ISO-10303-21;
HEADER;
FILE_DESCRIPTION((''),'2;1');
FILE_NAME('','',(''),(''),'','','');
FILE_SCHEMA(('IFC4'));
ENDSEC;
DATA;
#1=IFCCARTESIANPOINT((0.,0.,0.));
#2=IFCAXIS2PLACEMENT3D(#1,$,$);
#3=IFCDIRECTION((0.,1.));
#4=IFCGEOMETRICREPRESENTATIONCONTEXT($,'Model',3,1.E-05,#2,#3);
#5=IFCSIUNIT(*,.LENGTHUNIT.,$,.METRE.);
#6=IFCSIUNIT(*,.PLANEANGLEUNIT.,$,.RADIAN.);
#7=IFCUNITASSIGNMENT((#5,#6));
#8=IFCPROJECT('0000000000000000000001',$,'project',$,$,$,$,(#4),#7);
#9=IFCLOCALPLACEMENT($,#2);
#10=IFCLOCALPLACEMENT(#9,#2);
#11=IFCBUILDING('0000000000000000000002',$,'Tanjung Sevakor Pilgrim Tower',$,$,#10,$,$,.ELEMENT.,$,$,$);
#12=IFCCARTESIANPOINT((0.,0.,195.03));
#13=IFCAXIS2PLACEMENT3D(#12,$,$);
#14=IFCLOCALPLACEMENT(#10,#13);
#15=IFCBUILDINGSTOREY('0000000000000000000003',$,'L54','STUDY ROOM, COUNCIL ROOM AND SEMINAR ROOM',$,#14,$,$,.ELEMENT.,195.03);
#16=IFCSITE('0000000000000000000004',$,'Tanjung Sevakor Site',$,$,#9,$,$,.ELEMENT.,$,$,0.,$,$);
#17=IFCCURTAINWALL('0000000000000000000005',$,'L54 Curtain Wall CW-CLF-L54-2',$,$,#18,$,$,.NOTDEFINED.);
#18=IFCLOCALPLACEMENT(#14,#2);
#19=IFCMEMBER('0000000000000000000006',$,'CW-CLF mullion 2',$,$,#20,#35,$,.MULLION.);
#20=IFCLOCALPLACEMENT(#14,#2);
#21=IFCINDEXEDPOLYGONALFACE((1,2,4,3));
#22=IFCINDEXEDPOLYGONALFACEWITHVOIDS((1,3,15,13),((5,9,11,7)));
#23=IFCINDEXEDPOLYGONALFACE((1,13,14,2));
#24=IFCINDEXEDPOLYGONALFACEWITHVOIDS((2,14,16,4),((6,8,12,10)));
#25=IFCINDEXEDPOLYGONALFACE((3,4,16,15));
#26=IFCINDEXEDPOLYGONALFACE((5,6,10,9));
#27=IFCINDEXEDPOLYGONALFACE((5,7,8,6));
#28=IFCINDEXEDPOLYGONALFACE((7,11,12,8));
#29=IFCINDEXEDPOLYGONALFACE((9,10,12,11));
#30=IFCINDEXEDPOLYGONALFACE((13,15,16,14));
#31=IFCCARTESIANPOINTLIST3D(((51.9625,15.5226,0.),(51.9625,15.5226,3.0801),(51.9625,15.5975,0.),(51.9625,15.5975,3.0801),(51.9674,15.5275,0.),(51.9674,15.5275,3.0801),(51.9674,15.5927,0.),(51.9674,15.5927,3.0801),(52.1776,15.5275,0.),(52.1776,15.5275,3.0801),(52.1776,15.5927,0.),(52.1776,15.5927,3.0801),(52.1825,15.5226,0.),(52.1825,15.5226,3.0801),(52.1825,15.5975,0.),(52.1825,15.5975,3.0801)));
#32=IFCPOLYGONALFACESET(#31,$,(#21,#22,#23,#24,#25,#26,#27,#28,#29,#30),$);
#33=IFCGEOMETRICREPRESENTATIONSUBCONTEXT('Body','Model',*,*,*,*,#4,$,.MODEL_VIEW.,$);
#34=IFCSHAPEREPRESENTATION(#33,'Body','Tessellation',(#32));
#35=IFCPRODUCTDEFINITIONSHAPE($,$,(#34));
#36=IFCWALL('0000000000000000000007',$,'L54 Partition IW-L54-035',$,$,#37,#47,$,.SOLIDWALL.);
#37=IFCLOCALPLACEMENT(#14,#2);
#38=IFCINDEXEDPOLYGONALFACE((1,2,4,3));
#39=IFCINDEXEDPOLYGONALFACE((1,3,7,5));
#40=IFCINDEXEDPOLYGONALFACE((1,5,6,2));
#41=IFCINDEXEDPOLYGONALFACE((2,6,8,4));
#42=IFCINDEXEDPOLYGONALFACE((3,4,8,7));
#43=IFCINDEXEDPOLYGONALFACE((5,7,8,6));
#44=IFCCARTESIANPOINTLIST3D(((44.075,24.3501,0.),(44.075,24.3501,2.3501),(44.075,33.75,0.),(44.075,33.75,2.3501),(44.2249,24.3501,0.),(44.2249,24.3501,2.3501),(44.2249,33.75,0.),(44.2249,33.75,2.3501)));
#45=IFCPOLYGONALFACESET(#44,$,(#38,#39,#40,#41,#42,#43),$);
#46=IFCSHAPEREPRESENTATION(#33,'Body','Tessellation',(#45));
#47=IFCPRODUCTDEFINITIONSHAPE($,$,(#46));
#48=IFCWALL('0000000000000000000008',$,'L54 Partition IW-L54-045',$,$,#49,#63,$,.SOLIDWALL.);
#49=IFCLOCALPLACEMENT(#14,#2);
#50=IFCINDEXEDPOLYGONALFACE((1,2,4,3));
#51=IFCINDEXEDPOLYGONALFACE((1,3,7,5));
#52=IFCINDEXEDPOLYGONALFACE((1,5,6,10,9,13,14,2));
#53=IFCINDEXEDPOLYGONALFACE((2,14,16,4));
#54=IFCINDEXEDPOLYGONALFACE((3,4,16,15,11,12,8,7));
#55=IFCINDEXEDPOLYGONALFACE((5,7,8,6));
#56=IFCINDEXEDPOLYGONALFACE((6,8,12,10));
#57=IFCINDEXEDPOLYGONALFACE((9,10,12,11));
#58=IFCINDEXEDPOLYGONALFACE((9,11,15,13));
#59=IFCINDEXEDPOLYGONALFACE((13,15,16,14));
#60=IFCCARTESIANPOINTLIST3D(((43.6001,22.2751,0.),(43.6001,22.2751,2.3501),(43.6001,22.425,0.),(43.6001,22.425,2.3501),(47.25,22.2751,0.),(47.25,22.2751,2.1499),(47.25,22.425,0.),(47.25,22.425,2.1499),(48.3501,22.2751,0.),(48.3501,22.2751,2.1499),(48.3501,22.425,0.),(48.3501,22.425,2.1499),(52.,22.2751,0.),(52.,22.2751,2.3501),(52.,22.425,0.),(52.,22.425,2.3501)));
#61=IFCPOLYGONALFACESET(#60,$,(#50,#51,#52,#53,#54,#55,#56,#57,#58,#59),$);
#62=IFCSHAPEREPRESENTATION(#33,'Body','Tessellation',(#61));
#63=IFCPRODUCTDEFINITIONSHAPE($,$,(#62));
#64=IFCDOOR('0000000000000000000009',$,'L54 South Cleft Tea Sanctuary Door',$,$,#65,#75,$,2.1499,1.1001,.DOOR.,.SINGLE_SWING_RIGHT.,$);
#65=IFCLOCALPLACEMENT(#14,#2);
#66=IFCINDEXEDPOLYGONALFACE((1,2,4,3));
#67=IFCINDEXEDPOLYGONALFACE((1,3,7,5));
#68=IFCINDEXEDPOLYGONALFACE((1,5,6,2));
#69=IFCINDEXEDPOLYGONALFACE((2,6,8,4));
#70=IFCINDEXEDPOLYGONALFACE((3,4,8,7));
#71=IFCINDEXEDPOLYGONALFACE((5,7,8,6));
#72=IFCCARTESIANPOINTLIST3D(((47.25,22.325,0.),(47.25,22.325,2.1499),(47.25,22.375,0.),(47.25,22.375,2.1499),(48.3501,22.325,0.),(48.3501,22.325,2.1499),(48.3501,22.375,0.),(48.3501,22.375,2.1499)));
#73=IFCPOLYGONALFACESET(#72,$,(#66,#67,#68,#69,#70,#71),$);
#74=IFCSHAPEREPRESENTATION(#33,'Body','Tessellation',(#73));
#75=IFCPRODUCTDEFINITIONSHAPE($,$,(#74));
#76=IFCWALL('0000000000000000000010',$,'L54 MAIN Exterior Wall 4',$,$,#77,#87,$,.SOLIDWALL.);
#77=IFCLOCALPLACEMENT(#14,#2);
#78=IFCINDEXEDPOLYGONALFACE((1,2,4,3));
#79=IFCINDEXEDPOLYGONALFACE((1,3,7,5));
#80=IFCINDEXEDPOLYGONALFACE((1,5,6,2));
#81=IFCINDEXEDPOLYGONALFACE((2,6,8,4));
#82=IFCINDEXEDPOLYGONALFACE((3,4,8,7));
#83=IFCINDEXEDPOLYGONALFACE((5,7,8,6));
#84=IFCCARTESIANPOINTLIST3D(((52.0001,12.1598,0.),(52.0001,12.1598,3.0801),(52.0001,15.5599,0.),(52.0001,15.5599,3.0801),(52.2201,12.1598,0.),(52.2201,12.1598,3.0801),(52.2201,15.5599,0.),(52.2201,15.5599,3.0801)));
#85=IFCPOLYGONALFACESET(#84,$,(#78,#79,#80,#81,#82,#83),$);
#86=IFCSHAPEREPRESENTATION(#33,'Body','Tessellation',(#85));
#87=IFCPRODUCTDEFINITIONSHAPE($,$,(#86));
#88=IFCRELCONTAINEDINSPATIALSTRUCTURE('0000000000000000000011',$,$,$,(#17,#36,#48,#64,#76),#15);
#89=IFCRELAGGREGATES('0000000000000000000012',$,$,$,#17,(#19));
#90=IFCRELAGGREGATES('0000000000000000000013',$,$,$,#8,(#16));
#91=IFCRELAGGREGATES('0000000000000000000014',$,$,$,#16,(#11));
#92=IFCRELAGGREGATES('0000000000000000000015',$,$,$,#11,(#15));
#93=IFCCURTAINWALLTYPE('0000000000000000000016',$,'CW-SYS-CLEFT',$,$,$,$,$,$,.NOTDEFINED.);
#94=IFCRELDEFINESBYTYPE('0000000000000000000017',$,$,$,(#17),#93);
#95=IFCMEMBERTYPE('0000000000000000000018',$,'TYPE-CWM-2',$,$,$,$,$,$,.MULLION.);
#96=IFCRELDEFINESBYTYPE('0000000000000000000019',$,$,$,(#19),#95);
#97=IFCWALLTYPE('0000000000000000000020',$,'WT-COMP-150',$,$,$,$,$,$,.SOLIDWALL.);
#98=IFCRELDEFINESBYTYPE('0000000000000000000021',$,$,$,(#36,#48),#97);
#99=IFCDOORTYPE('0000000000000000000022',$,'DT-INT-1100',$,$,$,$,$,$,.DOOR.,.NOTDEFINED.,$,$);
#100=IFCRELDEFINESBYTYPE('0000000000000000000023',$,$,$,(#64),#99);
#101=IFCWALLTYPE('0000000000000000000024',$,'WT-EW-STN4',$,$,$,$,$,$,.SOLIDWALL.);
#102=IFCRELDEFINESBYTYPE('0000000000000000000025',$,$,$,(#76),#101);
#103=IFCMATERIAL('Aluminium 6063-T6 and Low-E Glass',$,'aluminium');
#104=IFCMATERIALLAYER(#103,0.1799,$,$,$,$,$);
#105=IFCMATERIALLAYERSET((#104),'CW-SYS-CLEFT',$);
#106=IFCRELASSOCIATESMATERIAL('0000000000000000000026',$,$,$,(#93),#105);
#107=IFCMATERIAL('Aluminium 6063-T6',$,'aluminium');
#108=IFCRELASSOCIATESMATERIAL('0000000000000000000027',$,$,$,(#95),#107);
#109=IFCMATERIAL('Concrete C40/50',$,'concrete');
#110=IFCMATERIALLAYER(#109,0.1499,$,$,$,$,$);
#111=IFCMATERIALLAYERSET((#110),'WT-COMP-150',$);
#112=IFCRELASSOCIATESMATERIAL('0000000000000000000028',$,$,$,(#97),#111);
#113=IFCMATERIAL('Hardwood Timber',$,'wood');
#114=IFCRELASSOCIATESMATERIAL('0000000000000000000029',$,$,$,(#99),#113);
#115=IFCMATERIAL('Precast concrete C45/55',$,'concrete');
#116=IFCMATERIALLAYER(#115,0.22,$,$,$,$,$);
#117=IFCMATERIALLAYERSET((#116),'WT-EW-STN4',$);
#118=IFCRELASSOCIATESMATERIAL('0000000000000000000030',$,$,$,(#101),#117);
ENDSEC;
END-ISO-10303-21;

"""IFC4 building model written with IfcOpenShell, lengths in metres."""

from ifc_helpers import new_model, si_unit, direction, frame, frame_2d, origin, origin_2d, place, context, subcontext, project, spatial, rectangle, hollow_rectangle, extrude, material, layer, layer_set, material_profile, profile_set, type_object, element, fill, aggregate, save


model = new_model("IFC4")

# Units and contexts
model_context = context("Model", 3, precision=1e-05, world=origin(), true_north=direction((0.0, 1.0)))
body_context = subcontext(model_context, "Body", "Model", "MODEL_VIEW")
ifc_project = project(units=[si_unit("LENGTHUNIT", "METRE"), si_unit("PLANEANGLEUNIT", "RADIAN")], contexts=[model_context])

# Site, building, storey
site_placement = place(None, origin())
site = spatial("IfcSite", under=ifc_project, at=site_placement, Name="Tanjung Sevakor Site", CompositionType="ELEMENT", RefElevation=0.0)
building_placement = place(site_placement, origin())
building = spatial("IfcBuilding", under=site, at=building_placement, Name="Tanjung Sevakor Pilgrim Tower", CompositionType="ELEMENT")
storey_placement = place(building_placement, frame((0.0, 0.0, 195.03)))
storey = spatial("IfcBuildingStorey", under=building, at=storey_placement, Name="L54", Description="STUDY ROOM, COUNCIL ROOM AND SEMINAR ROOM", CompositionType="ELEMENT", Elevation=195.03)

# Curtain wall, member
ifc_material_1 = material(Name="Aluminium 6063-T6 and Low-E Glass", Category="aluminium")
ifc_layer_1 = layer(ifc_material_1, 0.1799)
ifc_layer_set_1 = layer_set([ifc_layer_1], Name="CW-SYS-CLEFT")
curtain_wall_type = type_object("IfcCurtainWallType", Name="CW-SYS-CLEFT", PredefinedType="NOTDEFINED", material=ifc_layer_set_1)
curtain_wall_placement = place(storey_placement, origin())
curtain_wall = element("IfcCurtainWall", 1, at=curtain_wall_placement, inside=storey, type_object=curtain_wall_type, Name="L54 Curtain Wall CW-CLF-L54-2", PredefinedType="NOTDEFINED")
ifc_material_2 = material(Name="Aluminium 6063-T6", Category="aluminium")
ifc_material_profile_1 = material_profile(ifc_material_2, hollow_rectangle(XDim=0.075, YDim=0.22, WallThickness=0.0049, at=origin_2d()))
ifc_profile_set_1 = profile_set([ifc_material_profile_1], Name="Aluminium 6063-T6")
member_type = type_object("IfcMemberType", Name="TYPE-CWM-2", PredefinedType="MULLION", material=ifc_profile_set_1)
member_placement = place(storey_placement, frame((52.0725, 15.5601, 0.0), z_axis=(0.0, 0.0, 1.0), x_axis=(0.0, 1.0, 0.0)))
member = element("IfcMember", 2, at=member_placement, type_object=member_type, Name="CW-CLF mullion 2", PredefinedType="MULLION", context=body_context, shape_type="SweptSolid", body=[
    extrude(hollow_rectangle(XDim=0.075, YDim=0.22, WallThickness=0.0049, at=origin_2d()), origin(), (0.0, 0.0, 1.0), 3.0801),
])
aggregate(curtain_wall, [member])

# Wall
ifc_material_3 = material(Name="Concrete C40/50", Category="concrete")
ifc_layer_2 = layer(ifc_material_3, 0.1499)
ifc_layer_set_2 = layer_set([ifc_layer_2], Name="WT-COMP-150")
wall_type_1 = type_object("IfcWallType", Name="WT-COMP-150", PredefinedType="SOLIDWALL", material=ifc_layer_set_2)
wall_1_placement = place(storey_placement, frame((44.1499, 24.3501, 0.0), z_axis=(0.0, 0.0, 1.0), x_axis=(0.0, 1.0, 0.0)))
element("IfcWall", 3, at=wall_1_placement, inside=storey, type_object=wall_type_1, Name="L54 Partition IW-L54-035", PredefinedType="SOLIDWALL", context=body_context, shape_type="SweptSolid", body=[
    extrude(rectangle(XDim=9.3999, YDim=0.1499, at=frame_2d((4.7, 0.0))), origin(), (0.0, 0.0, 1.0), 2.3501),
])

# Wall, opening, door
wall_2_placement = place(storey_placement, frame((43.6001, 22.3501, 0.0), z_axis=(0.0, 0.0, 1.0), x_axis=(1.0, 0.0, 0.0)))
wall_2 = element("IfcWall", 4, at=wall_2_placement, inside=storey, type_object=wall_type_1, Name="L54 Partition IW-L54-045", PredefinedType="SOLIDWALL", context=body_context, shape_type="SweptSolid", body=[
    extrude(rectangle(XDim=8.3999, YDim=0.1499, at=frame_2d((4.2, 0.0))), origin(), (0.0, 0.0, 1.0), 2.3501),
])
opening_1_placement = place(wall_2_placement, frame((3.6499, 0.0, 0.0)))
opening_1 = element("IfcOpeningElement", 5, at=opening_1_placement, cuts=wall_2, PredefinedType="OPENING", context=body_context, shape_type="SweptSolid", body=[
    extrude(rectangle(XDim=1.1001, YDim=2.1499, at=frame_2d((0.55, 1.075))), frame((0.0, 0.085, 0.0), z_axis=(0.0, -1.0, 0.0), x_axis=(1.0, 0.0, 0.0)), (0.0, 0.0, 1.0), 0.1699),
])
ifc_material_4 = material(Name="Hardwood Timber", Category="wood")
door_type_1 = type_object("IfcDoorType", Name="DT-INT-1100", OperationType="NOTDEFINED", PredefinedType="DOOR", material=ifc_material_4)
door_1_placement = place(opening_1_placement, origin())
door_1 = element("IfcDoor", 6, at=door_1_placement, inside=storey, type_object=door_type_1, Name="L54 South Cleft Tea Sanctuary Door", OperationType="SINGLE_SWING_RIGHT", OverallHeight=2.1499, OverallWidth=1.1001, PredefinedType="DOOR", context=body_context, shape_type="SweptSolid", body=[
    extrude(rectangle(XDim=1.1001, YDim=2.1499, at=frame_2d((0.55, 1.075))), frame((0.0, 0.0249, 0.0), z_axis=(0.0, -1.0, 0.0), x_axis=(1.0, 0.0, 0.0)), (0.0, 0.0, 1.0), 0.05),
])
fill(opening_1, door_1)

# Wall
ifc_material_5 = material(Name="Precast concrete C45/55", Category="concrete")
ifc_layer_3 = layer(ifc_material_5, 0.22)
ifc_layer_set_3 = layer_set([ifc_layer_3], Name="WT-EW-STN4")
wall_type_2 = type_object("IfcWallType", Name="WT-EW-STN4", PredefinedType="SOLIDWALL", material=ifc_layer_set_3)
wall_3_placement = place(storey_placement, frame((52.1101, 15.5601, 0.0), z_axis=(0.0, 0.0, 1.0), x_axis=(0.0, -1.0, 0.0)))
element("IfcWall", 7, at=wall_3_placement, inside=storey, type_object=wall_type_2, Name="L54 MAIN Exterior Wall 4", PredefinedType="SOLIDWALL", context=body_context, shape_type="SweptSolid", body=[
    extrude(rectangle(XDim=3.4001, YDim=0.22, at=frame_2d((1.7002, 0.0))), origin(), (0.0, 0.0, 1.0), 3.0801),
])

save(model, "model.ifc")
